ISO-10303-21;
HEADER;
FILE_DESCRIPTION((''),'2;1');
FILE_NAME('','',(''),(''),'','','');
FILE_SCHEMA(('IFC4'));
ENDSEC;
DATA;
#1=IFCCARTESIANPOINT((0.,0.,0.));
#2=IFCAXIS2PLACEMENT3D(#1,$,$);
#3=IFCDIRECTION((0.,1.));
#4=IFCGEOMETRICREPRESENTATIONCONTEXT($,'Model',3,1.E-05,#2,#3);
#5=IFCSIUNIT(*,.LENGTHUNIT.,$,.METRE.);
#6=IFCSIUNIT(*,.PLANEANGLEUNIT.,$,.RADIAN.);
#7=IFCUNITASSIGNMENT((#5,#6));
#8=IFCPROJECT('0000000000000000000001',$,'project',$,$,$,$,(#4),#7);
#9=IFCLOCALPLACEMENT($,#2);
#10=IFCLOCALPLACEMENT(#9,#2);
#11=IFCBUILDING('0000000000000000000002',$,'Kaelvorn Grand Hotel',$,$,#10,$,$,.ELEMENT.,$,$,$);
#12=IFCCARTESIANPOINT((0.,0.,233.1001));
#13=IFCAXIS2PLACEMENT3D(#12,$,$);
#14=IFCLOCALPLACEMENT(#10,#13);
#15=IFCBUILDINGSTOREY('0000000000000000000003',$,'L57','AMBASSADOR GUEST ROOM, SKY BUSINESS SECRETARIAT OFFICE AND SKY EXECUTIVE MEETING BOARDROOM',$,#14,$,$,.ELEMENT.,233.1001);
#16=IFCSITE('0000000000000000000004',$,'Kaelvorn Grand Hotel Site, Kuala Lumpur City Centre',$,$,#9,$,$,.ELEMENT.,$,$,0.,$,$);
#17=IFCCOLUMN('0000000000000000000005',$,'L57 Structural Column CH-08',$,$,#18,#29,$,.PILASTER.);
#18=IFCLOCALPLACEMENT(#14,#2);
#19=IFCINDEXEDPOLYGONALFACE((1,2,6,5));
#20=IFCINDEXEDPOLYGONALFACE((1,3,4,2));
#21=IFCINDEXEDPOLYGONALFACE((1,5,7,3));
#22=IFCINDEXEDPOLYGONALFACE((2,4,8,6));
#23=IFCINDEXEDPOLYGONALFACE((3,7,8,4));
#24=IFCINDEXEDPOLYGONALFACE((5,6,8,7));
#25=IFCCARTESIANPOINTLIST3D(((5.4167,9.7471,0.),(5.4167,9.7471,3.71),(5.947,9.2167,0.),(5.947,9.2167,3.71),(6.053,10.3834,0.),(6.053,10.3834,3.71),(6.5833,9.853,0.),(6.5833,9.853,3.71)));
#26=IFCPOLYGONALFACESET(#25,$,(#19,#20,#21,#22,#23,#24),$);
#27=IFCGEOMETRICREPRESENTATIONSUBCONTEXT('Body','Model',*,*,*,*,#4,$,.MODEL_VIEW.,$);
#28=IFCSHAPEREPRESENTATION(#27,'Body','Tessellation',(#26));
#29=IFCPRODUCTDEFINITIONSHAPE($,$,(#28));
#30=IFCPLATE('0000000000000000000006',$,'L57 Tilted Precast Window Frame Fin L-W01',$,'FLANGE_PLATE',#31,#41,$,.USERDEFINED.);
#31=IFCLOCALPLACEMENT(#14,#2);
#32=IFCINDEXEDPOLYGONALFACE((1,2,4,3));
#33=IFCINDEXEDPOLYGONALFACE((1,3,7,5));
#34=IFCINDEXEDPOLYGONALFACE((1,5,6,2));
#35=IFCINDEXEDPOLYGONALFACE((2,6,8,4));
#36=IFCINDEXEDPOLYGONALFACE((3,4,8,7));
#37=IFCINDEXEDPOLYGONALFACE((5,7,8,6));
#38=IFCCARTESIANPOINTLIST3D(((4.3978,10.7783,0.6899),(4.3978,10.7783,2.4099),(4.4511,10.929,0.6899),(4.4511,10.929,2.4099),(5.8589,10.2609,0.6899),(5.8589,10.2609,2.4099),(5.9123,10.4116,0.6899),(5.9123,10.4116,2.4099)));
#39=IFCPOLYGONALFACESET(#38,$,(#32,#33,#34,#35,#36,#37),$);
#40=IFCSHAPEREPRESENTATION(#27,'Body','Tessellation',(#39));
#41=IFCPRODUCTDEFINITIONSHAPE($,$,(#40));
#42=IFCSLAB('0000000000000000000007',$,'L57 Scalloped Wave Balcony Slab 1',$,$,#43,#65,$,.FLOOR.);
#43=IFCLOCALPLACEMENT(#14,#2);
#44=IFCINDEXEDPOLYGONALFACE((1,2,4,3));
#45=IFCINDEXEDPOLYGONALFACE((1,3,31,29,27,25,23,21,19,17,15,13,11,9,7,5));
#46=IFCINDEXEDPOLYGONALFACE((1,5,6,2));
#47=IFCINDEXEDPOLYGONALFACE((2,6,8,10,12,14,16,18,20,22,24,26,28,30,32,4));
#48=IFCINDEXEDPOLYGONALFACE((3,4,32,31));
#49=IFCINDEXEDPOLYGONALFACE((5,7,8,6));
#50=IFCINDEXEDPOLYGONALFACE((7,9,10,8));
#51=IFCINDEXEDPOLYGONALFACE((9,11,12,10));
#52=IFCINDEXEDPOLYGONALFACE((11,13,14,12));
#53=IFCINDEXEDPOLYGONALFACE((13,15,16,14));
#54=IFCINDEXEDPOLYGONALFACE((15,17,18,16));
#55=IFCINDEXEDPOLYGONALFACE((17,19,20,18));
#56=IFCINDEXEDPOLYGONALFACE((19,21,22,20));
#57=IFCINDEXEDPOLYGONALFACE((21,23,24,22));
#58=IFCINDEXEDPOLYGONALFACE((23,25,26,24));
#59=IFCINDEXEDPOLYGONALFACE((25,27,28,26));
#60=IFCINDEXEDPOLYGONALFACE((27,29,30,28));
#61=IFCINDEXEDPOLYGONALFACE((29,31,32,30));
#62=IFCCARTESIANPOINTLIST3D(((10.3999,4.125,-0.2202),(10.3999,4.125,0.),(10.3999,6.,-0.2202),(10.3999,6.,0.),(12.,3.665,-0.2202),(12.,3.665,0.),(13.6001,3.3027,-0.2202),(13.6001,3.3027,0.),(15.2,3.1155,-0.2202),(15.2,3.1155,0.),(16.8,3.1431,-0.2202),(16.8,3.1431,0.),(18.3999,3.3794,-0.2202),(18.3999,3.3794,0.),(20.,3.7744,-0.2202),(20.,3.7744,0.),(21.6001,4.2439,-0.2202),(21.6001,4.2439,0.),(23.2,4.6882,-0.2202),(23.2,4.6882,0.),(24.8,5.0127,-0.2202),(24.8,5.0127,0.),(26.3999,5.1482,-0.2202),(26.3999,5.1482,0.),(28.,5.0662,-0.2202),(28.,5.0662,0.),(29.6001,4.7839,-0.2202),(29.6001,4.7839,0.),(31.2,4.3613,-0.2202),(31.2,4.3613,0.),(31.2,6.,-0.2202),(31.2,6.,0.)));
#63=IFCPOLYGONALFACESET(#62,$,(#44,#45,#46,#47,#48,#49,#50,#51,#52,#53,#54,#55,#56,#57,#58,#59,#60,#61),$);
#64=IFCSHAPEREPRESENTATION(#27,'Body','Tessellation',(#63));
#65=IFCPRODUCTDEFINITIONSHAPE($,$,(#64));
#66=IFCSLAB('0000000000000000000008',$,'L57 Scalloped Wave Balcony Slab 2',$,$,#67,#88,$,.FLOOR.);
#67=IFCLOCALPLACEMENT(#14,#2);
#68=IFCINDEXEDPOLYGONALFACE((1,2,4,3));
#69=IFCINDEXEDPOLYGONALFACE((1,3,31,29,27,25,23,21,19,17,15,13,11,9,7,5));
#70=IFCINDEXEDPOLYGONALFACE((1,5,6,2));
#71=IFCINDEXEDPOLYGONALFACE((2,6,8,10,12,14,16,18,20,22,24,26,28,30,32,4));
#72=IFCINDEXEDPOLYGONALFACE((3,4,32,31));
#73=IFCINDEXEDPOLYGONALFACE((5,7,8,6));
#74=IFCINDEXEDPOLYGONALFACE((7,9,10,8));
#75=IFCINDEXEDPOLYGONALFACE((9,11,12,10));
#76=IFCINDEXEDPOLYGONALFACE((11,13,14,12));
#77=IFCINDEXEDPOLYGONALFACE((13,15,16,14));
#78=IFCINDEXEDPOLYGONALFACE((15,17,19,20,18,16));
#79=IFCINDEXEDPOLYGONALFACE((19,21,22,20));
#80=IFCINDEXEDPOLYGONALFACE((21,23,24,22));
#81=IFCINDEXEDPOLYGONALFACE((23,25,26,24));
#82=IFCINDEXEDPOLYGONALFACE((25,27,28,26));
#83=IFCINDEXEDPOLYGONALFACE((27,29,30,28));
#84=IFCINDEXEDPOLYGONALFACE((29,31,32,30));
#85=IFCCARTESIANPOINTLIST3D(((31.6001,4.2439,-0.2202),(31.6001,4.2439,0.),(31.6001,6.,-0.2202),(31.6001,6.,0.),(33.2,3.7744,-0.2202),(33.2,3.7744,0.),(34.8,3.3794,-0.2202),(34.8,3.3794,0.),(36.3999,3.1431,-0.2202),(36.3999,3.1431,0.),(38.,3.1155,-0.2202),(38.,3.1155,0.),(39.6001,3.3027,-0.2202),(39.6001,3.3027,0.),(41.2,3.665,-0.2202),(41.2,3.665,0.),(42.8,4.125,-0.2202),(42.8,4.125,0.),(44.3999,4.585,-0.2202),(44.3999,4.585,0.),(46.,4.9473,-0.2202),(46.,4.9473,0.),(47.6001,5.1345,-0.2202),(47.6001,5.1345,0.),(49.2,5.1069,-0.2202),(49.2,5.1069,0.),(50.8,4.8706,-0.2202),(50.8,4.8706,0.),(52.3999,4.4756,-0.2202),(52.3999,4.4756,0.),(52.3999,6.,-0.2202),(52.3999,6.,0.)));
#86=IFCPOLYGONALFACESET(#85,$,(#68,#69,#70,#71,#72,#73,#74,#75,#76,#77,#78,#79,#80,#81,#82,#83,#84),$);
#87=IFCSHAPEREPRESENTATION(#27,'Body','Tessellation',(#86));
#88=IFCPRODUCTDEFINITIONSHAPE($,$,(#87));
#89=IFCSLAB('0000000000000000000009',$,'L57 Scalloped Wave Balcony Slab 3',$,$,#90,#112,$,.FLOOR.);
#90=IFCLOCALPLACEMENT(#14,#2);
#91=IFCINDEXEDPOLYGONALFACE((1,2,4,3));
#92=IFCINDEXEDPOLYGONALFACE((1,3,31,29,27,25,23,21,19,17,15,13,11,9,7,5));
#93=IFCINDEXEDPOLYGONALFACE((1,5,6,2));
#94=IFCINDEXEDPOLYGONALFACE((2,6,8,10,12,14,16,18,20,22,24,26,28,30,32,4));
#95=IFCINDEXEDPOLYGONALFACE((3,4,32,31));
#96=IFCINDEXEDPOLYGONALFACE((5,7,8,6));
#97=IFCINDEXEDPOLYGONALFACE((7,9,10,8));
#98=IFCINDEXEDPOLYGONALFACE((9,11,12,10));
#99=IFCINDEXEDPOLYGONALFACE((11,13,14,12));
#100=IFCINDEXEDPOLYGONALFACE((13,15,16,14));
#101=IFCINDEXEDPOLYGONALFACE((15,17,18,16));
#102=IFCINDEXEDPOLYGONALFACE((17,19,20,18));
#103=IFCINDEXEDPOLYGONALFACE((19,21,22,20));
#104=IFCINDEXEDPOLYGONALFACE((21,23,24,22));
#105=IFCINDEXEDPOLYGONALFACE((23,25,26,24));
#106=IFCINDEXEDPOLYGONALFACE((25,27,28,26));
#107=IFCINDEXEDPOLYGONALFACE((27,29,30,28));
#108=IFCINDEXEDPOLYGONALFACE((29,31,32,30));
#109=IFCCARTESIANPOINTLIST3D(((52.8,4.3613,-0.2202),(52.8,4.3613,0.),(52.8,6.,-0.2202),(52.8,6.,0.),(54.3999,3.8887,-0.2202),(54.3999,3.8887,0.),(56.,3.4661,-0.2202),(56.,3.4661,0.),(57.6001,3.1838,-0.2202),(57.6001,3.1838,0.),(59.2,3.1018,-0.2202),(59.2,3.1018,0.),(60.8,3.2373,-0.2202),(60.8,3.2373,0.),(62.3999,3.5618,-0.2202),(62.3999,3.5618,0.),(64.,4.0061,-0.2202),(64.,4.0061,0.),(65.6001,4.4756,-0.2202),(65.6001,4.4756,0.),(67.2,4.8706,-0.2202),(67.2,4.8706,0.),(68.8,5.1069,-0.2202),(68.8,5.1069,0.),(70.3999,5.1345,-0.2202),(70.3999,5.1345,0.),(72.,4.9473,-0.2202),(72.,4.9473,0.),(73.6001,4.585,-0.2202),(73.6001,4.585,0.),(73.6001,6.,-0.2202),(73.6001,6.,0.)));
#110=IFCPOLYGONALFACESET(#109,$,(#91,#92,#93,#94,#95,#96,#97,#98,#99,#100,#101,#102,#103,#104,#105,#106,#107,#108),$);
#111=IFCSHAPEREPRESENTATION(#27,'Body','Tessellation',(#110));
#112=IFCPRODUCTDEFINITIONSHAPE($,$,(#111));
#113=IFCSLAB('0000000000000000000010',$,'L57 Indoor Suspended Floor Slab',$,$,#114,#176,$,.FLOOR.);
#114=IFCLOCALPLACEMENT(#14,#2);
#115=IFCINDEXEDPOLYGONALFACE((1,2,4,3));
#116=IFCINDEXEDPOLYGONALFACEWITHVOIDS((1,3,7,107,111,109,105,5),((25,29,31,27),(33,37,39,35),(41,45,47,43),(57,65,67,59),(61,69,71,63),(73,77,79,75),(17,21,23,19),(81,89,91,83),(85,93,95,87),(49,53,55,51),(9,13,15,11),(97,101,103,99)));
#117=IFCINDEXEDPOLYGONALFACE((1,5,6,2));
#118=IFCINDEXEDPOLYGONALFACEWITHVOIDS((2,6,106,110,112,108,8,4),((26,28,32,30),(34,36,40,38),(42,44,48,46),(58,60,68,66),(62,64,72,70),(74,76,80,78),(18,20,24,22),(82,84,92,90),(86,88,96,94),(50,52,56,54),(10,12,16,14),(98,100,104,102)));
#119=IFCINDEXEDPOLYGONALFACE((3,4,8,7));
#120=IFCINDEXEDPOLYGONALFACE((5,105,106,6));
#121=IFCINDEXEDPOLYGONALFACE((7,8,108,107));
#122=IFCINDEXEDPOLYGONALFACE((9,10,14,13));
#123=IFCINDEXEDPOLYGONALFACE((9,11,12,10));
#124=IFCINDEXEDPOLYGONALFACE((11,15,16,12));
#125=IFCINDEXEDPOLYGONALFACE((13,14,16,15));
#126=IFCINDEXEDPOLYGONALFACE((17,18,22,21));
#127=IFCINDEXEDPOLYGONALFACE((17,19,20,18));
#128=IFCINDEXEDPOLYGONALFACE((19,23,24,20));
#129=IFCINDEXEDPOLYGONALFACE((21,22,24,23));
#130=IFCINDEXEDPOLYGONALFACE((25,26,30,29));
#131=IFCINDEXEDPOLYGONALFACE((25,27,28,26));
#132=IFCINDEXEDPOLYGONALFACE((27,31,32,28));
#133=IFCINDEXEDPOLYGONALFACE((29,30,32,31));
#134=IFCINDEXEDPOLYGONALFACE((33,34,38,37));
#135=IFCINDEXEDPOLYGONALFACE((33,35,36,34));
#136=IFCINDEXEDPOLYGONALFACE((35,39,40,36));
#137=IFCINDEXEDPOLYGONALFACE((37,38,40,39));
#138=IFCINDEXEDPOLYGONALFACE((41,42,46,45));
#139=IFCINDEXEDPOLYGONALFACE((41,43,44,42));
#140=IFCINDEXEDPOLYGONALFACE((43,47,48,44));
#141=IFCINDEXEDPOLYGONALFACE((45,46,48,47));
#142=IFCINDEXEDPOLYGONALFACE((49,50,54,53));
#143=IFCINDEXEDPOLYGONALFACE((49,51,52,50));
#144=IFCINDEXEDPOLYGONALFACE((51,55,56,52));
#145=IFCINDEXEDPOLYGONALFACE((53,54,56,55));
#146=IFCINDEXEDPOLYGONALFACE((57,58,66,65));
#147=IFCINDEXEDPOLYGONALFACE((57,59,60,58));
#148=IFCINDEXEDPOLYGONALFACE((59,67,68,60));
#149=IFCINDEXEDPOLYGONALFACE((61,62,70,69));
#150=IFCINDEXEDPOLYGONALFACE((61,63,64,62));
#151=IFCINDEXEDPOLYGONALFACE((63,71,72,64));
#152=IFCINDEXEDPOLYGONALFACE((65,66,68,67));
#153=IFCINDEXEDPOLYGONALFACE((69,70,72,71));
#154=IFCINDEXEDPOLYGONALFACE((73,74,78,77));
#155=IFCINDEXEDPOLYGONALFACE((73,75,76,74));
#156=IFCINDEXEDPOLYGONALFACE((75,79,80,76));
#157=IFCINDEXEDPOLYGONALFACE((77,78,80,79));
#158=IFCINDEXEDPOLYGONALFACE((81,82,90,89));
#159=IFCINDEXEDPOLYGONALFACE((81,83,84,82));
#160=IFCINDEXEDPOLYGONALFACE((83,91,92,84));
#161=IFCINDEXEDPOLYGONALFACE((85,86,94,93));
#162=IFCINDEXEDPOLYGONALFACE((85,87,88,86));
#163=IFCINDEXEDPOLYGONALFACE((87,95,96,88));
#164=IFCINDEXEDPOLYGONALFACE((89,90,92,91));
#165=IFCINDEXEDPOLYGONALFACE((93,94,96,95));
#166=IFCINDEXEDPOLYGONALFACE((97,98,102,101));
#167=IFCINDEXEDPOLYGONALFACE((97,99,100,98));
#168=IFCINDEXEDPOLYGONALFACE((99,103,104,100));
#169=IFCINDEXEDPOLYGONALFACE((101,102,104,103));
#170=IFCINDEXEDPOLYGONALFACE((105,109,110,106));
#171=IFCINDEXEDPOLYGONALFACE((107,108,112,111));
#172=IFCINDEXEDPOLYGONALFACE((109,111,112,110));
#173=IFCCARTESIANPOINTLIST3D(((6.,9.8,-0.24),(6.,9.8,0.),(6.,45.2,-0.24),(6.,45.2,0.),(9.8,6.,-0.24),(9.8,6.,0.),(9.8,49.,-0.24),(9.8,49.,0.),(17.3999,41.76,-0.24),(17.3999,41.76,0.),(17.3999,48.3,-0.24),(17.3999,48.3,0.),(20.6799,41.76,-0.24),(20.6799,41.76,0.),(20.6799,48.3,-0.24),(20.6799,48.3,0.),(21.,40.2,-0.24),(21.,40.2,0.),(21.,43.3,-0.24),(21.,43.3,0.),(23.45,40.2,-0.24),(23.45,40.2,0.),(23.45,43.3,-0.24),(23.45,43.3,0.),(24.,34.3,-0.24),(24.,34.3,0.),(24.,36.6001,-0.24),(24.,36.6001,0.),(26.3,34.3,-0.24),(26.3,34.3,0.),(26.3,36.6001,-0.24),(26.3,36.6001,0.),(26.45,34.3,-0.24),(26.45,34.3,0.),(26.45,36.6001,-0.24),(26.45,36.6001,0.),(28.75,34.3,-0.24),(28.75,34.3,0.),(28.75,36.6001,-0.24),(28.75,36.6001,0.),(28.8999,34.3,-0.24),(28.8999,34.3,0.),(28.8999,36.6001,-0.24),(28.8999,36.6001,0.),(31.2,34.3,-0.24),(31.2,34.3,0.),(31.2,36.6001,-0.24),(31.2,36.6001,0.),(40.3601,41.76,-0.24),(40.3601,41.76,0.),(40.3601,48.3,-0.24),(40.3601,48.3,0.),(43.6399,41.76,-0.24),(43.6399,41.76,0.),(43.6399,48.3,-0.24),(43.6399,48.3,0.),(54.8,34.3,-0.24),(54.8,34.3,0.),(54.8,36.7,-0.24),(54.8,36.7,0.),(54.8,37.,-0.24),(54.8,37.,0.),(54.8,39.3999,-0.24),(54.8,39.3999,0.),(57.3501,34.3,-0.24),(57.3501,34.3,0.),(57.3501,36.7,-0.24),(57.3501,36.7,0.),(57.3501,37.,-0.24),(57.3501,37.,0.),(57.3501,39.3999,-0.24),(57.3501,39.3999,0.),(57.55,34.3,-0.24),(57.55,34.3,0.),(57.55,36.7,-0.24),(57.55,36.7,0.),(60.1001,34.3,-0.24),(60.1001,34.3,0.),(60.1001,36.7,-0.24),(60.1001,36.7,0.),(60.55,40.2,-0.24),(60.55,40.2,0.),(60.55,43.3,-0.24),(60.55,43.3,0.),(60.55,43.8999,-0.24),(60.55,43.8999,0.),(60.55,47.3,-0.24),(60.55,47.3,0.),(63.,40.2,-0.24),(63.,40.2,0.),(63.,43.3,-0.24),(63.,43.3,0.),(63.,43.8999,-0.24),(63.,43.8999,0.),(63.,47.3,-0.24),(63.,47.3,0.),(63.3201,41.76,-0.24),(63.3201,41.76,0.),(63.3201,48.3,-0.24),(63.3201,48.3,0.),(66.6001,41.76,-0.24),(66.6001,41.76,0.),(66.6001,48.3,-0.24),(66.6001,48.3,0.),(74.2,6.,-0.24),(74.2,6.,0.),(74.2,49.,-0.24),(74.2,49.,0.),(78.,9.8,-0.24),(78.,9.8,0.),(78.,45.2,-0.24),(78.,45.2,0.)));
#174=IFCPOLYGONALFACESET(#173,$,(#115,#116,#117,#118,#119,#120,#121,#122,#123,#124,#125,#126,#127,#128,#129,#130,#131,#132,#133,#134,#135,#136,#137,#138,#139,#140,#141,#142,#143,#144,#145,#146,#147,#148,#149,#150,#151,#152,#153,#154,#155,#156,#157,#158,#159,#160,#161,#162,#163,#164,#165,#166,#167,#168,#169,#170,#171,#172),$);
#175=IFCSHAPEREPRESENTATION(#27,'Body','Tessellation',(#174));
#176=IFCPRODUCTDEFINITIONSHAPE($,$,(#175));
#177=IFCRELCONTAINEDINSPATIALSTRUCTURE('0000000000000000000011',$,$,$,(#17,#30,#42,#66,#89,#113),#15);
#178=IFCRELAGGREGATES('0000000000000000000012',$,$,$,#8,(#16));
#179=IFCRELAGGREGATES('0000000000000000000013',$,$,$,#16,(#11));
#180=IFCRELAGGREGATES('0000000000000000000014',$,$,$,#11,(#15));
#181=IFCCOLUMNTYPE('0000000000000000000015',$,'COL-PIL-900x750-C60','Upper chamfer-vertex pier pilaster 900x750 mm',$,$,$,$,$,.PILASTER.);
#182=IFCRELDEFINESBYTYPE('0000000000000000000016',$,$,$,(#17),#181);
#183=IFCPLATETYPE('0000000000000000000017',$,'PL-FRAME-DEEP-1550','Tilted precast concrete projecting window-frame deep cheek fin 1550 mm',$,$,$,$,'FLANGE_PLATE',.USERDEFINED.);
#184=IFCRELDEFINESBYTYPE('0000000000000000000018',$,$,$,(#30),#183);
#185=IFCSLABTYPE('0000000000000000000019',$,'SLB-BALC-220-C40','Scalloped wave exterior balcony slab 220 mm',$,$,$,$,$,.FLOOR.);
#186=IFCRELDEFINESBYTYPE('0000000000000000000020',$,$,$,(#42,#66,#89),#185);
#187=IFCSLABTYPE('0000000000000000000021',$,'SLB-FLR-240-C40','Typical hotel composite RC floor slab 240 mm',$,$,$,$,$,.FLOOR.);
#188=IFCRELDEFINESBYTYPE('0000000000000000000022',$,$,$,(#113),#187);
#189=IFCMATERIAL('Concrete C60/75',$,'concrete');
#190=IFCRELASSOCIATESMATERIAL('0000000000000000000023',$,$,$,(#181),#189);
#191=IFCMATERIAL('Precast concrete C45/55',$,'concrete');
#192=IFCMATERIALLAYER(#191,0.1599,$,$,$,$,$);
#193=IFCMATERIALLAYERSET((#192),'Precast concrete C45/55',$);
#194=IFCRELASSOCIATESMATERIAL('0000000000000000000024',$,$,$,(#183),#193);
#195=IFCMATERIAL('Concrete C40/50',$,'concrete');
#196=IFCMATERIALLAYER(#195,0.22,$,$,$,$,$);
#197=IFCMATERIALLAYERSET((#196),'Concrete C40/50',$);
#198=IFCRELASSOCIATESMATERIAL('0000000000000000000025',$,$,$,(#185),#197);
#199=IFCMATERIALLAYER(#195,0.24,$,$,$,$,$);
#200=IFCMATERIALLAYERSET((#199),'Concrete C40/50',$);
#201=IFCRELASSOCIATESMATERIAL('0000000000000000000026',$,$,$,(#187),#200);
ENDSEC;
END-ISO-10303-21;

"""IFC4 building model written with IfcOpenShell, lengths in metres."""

from ifc_helpers import new_model, si_unit, direction, frame, origin, origin_2d, place, context, subcontext, project, spatial, polyline, rectangle, outline, extrude, material, layer, layer_set, material_profile, profile_set, type_object, element, save


model = new_model("IFC4")

# Units and contexts
model_context = context("Model", 3, precision=1e-05, world=origin(), true_north=direction((0.0, 1.0)))
body_context = subcontext(model_context, "Body", "Model", "MODEL_VIEW")
ifc_project = project(units=[si_unit("LENGTHUNIT", "METRE"), si_unit("PLANEANGLEUNIT", "RADIAN")], contexts=[model_context])

# Site, building, storey
site_placement = place(None, origin())
site = spatial("IfcSite", under=ifc_project, at=site_placement, Name="Kaelvorn Grand Hotel Site, Kuala Lumpur City Centre", CompositionType="ELEMENT", RefElevation=0.0)
building_placement = place(site_placement, origin())
building = spatial("IfcBuilding", under=site, at=building_placement, Name="Kaelvorn Grand Hotel", CompositionType="ELEMENT")
storey_placement = place(building_placement, frame((0.0, 0.0, 233.1001)))
storey = spatial("IfcBuildingStorey", under=building, at=storey_placement, Name="L57", Description="AMBASSADOR GUEST ROOM, SKY BUSINESS SECRETARIAT OFFICE AND SKY EXECUTIVE MEETING BOARDROOM", CompositionType="ELEMENT", Elevation=233.1001)

# Column
ifc_material_1 = material(Name="Concrete C60/75", Category="concrete")
ifc_material_profile = material_profile(ifc_material_1, rectangle(XDim=0.8999, YDim=0.75, at=origin_2d()), Name="RC PILASTER 900x750")
ifc_profile_set = profile_set([ifc_material_profile], Name="Concrete C60/75")
column_type = type_object("IfcColumnType", Name="COL-PIL-900x750-C60", Description="Upper chamfer-vertex pier pilaster 900x750 mm", PredefinedType="PILASTER", material=ifc_profile_set)
column_placement = place(storey_placement, frame((6.0, 9.8, 0.0), z_axis=(0.0, 0.0, 1.0), x_axis=(0.707107, 0.707107, 0.0)))
element("IfcColumn", 1, at=column_placement, inside=storey, type_object=column_type, Name="L57 Structural Column CH-08", PredefinedType="PILASTER", context=body_context, shape_type="SweptSolid", body=[
    extrude(rectangle(XDim=0.8999, YDim=0.75, at=origin_2d()), origin(), (0.0, 0.0, 1.0), 3.71),
])

# Plate
ifc_material_2 = material(Name="Precast concrete C45/55", Category="concrete")
ifc_layer_1 = layer(ifc_material_2, 0.1599)
ifc_layer_set_1 = layer_set([ifc_layer_1], Name="Precast concrete C45/55")
plate_type = type_object("IfcPlateType", Name="PL-FRAME-DEEP-1550", Description="Tilted precast concrete projecting window-frame deep cheek fin 1550 mm", ElementType="FLANGE_PLATE", PredefinedType="USERDEFINED", material=ifc_layer_set_1)
plate_placement = place(storey_placement, frame((5.155, 10.595, 0.6899), z_axis=(0.0, 0.0, 1.0), x_axis=(0.333807, 0.942641, 0.0)))
element("IfcPlate", 2, at=plate_placement, inside=storey, type_object=plate_type, Name="L57 Tilted Precast Window Frame Fin L-W01", ObjectType="FLANGE_PLATE", PredefinedType="USERDEFINED", context=body_context, shape_type="SweptSolid", body=[
    extrude(rectangle(XDim=0.1599, YDim=1.55, at=origin_2d()), origin(), (0.0, 0.0, 1.0), 1.72),
])

# Slabs
ifc_material_3 = material(Name="Concrete C40/50", Category="concrete")
ifc_layer_2 = layer(ifc_material_3, 0.22)
ifc_layer_set_2 = layer_set([ifc_layer_2], Name="Concrete C40/50")
slab_type_1 = type_object("IfcSlabType", Name="SLB-BALC-220-C40", Description="Scalloped wave exterior balcony slab 220 mm", PredefinedType="FLOOR", material=ifc_layer_set_2)
slab_1_placement = place(storey_placement, frame((0.0, 0.0, -0.2202)))
element("IfcSlab", 3, at=slab_1_placement, inside=storey, type_object=slab_type_1, Name="L57 Scalloped Wave Balcony Slab 1", PredefinedType="FLOOR", context=body_context, shape_type="SweptSolid", body=[
    extrude(outline(polyline([(10.3999, 4.125), (12.0, 3.665), (13.6001, 3.3027), (15.2, 3.1155), (16.8, 3.1431), (18.3999, 3.3794), (20.0, 3.7744), (21.6001, 4.2439), (23.2, 4.6882), (24.8, 5.0127), (26.3999, 5.1482), (28.0, 5.0662), (29.6001, 4.7839), (31.2, 4.3613), (31.2, 6.0), (10.3999, 6.0), (10.3999, 4.125)])), origin(), (0.0, 0.0, 1.0), 0.2202),
])
slab_2_placement = place(storey_placement, frame((0.0, 0.0, -0.2202)))
element("IfcSlab", 4, at=slab_2_placement, inside=storey, type_object=slab_type_1, Name="L57 Scalloped Wave Balcony Slab 2", PredefinedType="FLOOR", context=body_context, shape_type="SweptSolid", body=[
    extrude(outline(polyline([(31.6001, 4.2439), (33.2, 3.7744), (34.8, 3.3794), (36.3999, 3.1431), (38.0, 3.1155), (39.6001, 3.3027), (41.2, 3.665), (42.8, 4.125), (44.3999, 4.585), (46.0, 4.9473), (47.6001, 5.1345), (49.2, 5.1069), (50.8, 4.8706), (52.3999, 4.4756), (52.3999, 6.0), (31.6001, 6.0), (31.6001, 4.2439)])), origin(), (0.0, 0.0, 1.0), 0.2202),
])
slab_3_placement = place(storey_placement, frame((0.0, 0.0, -0.2202)))
element("IfcSlab", 5, at=slab_3_placement, inside=storey, type_object=slab_type_1, Name="L57 Scalloped Wave Balcony Slab 3", PredefinedType="FLOOR", context=body_context, shape_type="SweptSolid", body=[
    extrude(outline(polyline([(52.8, 4.3613), (54.3999, 3.8887), (56.0, 3.4661), (57.6001, 3.1838), (59.2, 3.1018), (60.8, 3.2373), (62.3999, 3.5618), (64.0, 4.0061), (65.6001, 4.4756), (67.2, 4.8706), (68.8, 5.1069), (70.3999, 5.1345), (72.0, 4.9473), (73.6001, 4.585), (73.6001, 6.0), (52.8, 6.0), (52.8, 4.3613)])), origin(), (0.0, 0.0, 1.0), 0.2202),
])
ifc_layer_3 = layer(ifc_material_3, 0.24)
ifc_layer_set_3 = layer_set([ifc_layer_3], Name="Concrete C40/50")
slab_type_2 = type_object("IfcSlabType", Name="SLB-FLR-240-C40", Description="Typical hotel composite RC floor slab 240 mm", PredefinedType="FLOOR", material=ifc_layer_set_3)
slab_4_placement = place(storey_placement, frame((0.0, 0.0, -0.24)))
element("IfcSlab", 6, at=slab_4_placement, inside=storey, type_object=slab_type_2, Name="L57 Indoor Suspended Floor Slab", PredefinedType="FLOOR", context=body_context, shape_type="SweptSolid", body=[
    extrude(outline(polyline([(9.8, 6.0), (74.2, 6.0), (78.0, 9.8), (78.0, 45.2), (74.2, 49.0), (9.8, 49.0), (6.0, 45.2), (6.0, 9.8), (9.8, 6.0)]), holes=[polyline([(17.3999, 41.76), (17.3999, 48.3), (20.6799, 48.3), (20.6799, 41.76), (17.3999, 41.76)]), polyline([(40.3601, 41.76), (40.3601, 48.3), (43.6399, 48.3), (43.6399, 41.76), (40.3601, 41.76)]), polyline([(63.3201, 41.76), (63.3201, 48.3), (66.6001, 48.3), (66.6001, 41.76), (63.3201, 41.76)]), polyline([(24.0, 34.3), (24.0, 36.6001), (26.3, 36.6001), (26.3, 34.3), (24.0, 34.3)]), polyline([(26.45, 34.3), (26.45, 36.6001), (28.75, 36.6001), (28.75, 34.3), (26.45, 34.3)]), polyline([(28.8999, 34.3), (28.8999, 36.6001), (31.2, 36.6001), (31.2, 34.3), (28.8999, 34.3)]), polyline([(54.8, 34.3), (54.8, 36.7), (57.3501, 36.7), (57.3501, 34.3), (54.8, 34.3)]), polyline([(57.55, 34.3), (57.55, 36.7), (60.1001, 36.7), (60.1001, 34.3), (57.55, 34.3)]), polyline([(54.8, 37.0), (54.8, 39.3999), (57.3501, 39.3999), (57.3501, 37.0), (54.8, 37.0)]), polyline([(21.0, 40.2), (21.0, 43.3), (23.45, 43.3), (23.45, 40.2), (21.0, 40.2)]), polyline([(60.55, 40.2), (60.55, 43.3), (63.0, 43.3), (63.0, 40.2), (60.55, 40.2)]), polyline([(60.55, 43.8999), (60.55, 47.3), (63.0, 47.3), (63.0, 43.8999), (60.55, 43.8999)])]), origin(), (0.0, 0.0, 1.0), 0.24),
])

save(model, "model.ifc")
